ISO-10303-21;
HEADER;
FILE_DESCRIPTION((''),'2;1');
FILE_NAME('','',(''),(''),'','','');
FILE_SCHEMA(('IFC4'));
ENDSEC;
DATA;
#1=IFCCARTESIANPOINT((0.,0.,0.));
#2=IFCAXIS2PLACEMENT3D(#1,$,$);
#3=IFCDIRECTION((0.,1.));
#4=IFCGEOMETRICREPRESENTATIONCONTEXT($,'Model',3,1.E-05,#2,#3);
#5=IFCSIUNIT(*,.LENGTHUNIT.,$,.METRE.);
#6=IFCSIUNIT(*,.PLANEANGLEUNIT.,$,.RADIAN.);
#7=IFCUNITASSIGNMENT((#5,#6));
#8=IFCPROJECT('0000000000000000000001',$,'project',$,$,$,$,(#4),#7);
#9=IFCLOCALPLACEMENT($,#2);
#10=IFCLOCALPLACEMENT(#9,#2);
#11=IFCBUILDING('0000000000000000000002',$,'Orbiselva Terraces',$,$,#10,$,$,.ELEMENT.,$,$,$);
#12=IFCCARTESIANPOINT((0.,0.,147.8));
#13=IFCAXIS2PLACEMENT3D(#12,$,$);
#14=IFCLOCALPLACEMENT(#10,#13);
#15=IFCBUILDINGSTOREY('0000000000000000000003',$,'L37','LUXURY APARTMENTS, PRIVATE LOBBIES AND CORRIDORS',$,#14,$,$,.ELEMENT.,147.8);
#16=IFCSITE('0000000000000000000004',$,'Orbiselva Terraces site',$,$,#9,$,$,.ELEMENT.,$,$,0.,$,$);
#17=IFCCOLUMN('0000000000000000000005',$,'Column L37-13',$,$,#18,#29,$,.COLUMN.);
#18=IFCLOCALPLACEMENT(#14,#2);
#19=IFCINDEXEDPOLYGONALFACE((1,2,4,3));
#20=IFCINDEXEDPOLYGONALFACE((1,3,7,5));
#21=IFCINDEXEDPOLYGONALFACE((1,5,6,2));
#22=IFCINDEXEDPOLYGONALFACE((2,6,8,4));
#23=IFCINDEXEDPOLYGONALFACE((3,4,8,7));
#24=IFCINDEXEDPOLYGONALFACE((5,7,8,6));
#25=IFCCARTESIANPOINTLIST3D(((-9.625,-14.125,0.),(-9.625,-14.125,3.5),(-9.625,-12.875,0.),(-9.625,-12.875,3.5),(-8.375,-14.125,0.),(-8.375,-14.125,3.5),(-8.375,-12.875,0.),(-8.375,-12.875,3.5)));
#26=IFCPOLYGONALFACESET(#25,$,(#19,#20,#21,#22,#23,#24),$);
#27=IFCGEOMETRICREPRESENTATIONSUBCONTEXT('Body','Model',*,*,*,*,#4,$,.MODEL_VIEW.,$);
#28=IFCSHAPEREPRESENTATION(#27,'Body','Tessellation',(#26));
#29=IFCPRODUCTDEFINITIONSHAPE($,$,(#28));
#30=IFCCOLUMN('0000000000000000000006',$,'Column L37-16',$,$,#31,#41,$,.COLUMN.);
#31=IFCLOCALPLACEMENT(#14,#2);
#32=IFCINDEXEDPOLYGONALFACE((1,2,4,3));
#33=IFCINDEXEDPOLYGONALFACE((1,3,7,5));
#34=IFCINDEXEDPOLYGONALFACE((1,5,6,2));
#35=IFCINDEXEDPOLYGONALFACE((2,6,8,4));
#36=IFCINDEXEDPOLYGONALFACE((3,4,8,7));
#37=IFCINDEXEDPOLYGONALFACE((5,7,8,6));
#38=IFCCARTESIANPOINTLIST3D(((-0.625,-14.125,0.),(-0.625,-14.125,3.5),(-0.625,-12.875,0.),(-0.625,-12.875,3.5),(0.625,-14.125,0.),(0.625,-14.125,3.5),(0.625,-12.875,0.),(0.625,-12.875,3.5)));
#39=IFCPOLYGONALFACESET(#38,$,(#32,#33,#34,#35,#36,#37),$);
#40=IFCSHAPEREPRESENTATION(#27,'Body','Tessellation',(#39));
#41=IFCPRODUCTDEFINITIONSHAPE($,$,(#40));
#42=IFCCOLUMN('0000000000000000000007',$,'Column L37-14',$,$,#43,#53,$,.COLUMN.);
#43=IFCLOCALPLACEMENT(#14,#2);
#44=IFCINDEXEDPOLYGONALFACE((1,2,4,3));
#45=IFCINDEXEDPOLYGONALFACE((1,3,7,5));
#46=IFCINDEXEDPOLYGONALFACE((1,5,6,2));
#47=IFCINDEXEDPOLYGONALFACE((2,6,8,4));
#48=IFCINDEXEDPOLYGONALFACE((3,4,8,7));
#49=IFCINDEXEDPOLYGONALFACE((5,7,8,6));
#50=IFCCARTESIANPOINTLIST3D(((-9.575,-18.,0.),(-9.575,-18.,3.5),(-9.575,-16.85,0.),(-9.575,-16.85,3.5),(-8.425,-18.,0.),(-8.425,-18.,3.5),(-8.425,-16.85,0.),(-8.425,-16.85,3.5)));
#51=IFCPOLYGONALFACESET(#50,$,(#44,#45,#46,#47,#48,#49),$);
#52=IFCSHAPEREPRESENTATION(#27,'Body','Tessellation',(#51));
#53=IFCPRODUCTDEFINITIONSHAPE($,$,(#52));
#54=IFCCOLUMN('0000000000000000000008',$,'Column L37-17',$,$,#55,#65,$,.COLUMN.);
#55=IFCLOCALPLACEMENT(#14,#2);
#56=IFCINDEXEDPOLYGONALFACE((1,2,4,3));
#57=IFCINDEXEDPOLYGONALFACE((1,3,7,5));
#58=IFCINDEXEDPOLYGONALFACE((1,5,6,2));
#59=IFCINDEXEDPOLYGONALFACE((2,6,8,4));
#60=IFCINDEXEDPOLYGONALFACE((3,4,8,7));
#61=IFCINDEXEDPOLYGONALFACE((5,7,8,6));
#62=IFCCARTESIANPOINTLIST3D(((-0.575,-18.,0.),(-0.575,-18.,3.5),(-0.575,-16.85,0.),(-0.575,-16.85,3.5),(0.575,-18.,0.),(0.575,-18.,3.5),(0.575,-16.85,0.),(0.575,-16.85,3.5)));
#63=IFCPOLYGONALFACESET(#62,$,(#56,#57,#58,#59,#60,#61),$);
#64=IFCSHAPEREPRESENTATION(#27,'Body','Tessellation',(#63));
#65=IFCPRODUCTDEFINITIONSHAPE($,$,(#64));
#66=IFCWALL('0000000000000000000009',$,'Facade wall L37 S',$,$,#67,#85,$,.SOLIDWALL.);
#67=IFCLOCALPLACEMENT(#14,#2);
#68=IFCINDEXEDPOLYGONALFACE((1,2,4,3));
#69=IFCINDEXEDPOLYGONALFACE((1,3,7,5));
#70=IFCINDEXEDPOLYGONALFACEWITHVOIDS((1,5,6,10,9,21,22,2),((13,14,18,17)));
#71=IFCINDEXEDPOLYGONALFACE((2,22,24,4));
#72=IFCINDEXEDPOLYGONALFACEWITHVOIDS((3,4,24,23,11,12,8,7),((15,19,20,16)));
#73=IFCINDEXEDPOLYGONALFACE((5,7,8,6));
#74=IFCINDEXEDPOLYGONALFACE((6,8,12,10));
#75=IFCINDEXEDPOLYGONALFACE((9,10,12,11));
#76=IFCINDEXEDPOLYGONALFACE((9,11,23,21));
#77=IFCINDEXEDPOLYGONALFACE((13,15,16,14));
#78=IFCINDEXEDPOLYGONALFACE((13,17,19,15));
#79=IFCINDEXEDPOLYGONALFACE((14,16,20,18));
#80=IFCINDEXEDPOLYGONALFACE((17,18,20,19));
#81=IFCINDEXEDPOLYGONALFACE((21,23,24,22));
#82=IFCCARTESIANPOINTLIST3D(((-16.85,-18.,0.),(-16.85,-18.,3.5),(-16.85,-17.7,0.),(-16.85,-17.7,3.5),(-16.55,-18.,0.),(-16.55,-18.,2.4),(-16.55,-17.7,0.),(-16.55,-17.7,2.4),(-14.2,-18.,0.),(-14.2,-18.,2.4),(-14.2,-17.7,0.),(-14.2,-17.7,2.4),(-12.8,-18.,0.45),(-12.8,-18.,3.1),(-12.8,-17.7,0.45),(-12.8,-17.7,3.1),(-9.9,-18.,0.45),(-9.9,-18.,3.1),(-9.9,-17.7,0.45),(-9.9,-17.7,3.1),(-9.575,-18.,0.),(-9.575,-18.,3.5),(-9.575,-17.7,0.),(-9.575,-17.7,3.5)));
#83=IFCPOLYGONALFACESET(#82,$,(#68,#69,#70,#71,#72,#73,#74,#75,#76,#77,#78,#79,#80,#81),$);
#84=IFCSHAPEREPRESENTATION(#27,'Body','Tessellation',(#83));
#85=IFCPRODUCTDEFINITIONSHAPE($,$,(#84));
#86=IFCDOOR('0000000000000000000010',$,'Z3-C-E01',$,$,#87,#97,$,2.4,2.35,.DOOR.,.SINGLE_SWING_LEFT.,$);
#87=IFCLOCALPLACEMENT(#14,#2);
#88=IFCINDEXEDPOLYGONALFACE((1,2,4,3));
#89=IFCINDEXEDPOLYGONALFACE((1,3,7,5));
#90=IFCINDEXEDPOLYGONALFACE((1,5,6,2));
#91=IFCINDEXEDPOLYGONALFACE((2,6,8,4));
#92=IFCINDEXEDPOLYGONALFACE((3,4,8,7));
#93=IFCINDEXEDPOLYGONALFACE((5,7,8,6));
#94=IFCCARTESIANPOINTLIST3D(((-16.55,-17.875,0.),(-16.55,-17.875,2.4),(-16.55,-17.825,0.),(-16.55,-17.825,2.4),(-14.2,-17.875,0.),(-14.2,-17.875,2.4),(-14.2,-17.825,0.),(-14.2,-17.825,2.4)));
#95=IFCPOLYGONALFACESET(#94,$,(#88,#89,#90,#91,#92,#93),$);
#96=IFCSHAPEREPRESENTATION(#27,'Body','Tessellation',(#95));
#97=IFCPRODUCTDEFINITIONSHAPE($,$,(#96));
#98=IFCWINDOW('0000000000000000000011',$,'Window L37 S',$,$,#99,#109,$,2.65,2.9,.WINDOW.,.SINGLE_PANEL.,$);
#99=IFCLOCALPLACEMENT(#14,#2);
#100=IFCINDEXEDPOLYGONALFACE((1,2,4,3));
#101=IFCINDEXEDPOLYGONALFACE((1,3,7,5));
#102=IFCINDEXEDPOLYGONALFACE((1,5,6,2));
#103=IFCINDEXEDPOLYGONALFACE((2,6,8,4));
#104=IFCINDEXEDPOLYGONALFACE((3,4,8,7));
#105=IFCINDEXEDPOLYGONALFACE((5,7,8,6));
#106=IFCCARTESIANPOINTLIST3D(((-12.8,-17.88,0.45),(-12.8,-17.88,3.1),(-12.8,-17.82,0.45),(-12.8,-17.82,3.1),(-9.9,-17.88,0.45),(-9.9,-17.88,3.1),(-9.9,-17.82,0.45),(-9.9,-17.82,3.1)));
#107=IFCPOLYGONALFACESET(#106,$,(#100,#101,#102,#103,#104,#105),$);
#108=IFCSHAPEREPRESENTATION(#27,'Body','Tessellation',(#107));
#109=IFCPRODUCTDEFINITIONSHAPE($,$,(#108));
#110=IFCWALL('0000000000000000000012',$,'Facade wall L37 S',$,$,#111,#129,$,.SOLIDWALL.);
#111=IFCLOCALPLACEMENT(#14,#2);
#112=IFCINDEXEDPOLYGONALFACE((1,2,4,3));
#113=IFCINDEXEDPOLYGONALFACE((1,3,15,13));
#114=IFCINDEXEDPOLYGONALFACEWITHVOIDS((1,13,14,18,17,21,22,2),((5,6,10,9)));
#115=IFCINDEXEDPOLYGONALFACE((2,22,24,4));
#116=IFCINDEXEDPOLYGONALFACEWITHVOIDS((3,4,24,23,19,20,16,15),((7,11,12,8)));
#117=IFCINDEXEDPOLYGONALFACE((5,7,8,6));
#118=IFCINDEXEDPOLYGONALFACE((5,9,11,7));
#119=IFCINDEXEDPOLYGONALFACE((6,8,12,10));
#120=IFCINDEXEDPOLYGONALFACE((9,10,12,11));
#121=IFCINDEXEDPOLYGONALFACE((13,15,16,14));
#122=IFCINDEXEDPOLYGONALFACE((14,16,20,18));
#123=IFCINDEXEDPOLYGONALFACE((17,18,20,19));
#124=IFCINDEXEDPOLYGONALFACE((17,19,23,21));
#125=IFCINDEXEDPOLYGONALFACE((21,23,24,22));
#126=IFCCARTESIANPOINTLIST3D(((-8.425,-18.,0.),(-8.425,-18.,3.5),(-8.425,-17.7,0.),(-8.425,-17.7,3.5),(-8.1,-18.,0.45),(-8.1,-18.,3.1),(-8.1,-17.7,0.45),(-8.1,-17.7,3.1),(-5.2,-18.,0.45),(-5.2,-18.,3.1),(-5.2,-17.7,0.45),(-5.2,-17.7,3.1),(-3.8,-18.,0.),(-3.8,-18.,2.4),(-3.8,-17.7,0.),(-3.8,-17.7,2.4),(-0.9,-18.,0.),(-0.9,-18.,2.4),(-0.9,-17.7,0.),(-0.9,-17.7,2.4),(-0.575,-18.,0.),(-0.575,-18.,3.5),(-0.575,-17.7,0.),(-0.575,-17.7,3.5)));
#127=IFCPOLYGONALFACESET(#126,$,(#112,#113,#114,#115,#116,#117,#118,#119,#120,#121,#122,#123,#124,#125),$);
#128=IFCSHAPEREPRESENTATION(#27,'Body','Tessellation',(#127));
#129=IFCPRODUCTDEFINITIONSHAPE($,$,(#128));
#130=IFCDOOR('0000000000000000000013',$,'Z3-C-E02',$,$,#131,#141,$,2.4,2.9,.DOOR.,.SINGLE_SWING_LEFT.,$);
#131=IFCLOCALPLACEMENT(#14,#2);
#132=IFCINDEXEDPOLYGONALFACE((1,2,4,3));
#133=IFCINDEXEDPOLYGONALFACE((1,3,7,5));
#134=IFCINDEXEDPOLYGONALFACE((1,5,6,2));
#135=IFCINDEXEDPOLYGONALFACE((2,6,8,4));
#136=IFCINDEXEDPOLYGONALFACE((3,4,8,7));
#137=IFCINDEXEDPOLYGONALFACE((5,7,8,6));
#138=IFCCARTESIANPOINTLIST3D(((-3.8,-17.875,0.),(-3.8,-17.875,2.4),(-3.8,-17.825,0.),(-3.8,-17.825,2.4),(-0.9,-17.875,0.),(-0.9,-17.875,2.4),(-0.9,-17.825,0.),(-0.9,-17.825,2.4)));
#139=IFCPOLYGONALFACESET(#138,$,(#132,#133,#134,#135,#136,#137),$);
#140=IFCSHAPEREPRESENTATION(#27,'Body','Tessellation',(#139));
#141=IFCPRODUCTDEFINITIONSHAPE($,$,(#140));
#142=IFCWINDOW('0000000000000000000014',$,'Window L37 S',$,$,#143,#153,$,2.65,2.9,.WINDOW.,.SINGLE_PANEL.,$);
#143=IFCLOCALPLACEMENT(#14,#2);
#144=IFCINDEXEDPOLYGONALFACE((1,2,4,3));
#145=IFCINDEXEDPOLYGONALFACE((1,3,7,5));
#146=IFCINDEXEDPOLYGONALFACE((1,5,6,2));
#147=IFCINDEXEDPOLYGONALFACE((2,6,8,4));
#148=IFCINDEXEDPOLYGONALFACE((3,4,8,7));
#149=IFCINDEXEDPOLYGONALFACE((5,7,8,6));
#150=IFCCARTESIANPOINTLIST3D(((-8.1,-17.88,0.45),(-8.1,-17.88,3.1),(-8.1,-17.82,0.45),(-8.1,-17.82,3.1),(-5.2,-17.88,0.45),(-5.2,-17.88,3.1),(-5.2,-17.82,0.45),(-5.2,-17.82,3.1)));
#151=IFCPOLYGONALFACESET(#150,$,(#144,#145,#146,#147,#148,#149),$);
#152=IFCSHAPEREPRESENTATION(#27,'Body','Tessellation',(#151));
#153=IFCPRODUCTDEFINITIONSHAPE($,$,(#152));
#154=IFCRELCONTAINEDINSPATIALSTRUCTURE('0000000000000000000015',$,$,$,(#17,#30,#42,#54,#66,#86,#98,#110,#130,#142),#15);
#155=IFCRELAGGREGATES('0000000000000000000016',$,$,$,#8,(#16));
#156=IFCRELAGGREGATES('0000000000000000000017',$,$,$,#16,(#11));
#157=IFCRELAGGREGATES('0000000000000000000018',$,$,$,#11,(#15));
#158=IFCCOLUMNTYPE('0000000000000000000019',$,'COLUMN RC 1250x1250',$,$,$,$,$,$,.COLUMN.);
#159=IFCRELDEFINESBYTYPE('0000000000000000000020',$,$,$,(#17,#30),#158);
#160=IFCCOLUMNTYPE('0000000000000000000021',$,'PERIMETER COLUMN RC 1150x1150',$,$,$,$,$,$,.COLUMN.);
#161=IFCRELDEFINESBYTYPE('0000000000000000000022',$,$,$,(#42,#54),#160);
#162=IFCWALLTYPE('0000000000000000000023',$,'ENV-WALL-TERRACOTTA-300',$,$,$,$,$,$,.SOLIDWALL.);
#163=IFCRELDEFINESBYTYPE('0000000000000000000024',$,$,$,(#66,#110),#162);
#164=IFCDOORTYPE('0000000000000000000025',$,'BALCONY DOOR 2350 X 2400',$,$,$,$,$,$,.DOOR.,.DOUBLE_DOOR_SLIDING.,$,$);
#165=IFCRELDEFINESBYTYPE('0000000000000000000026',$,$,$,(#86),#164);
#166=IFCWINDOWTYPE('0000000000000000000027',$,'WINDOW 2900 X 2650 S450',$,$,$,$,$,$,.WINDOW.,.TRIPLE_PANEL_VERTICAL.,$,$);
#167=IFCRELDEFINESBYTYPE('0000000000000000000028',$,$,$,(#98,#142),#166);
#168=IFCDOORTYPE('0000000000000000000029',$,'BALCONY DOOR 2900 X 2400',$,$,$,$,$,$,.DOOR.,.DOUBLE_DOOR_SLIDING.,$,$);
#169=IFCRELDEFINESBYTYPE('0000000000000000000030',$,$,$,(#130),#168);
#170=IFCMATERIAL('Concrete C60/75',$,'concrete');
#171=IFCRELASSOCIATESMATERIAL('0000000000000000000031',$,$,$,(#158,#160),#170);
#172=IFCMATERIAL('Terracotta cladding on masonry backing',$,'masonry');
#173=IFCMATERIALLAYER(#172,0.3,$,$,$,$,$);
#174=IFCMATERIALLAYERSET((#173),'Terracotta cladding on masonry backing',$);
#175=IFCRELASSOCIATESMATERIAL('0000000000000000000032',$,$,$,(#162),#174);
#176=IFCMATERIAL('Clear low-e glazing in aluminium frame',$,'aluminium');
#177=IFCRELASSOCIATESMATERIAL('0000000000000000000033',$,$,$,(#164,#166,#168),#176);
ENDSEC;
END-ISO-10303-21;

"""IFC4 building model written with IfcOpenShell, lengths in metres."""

from ifc_helpers import new_model, si_unit, direction, frame, frame_2d, origin, origin_2d, place, context, subcontext, project, spatial, rectangle, extrude, material, layer, layer_set, material_profile, profile_set, type_object, element, fill, save


model = new_model("IFC4")

# Units and contexts
model_context = context("Model", 3, precision=1e-05, world=origin(), true_north=direction((0.0, 1.0)))
body_context = subcontext(model_context, "Body", "Model", "MODEL_VIEW")
ifc_project = project(units=[si_unit("LENGTHUNIT", "METRE"), si_unit("PLANEANGLEUNIT", "RADIAN")], contexts=[model_context])

# Site, building, storey
site_placement = place(None, origin())
site = spatial("IfcSite", under=ifc_project, at=site_placement, Name="Orbiselva Terraces site", CompositionType="ELEMENT", RefElevation=0.0)
building_placement = place(site_placement, origin())
building = spatial("IfcBuilding", under=site, at=building_placement, Name="Orbiselva Terraces", CompositionType="ELEMENT")
storey_placement = place(building_placement, frame((0.0, 0.0, 147.8)))
storey = spatial("IfcBuildingStorey", under=building, at=storey_placement, Name="L37", Description="LUXURY APARTMENTS, PRIVATE LOBBIES AND CORRIDORS", CompositionType="ELEMENT", Elevation=147.8)

# Columns
ifc_material_1 = material(Name="Concrete C60/75", Category="concrete")
ifc_material_profile_1 = material_profile(ifc_material_1, rectangle(XDim=1.25, YDim=1.25, at=origin_2d()), Name="RC 1250x1250")
ifc_profile_set_1 = profile_set([ifc_material_profile_1], Name="Concrete C60/75")
column_type_1 = type_object("IfcColumnType", Name="COLUMN RC 1250x1250", PredefinedType="COLUMN", material=ifc_profile_set_1)
for number, where, z_axis, x_axis, name in (
    (1, (-9.0, -13.5, 0.0), (0.0, 0.0, 1.0), (1.0, 0.0, 0.0), "Column L37-13"),
    (2, (0.0, -13.5, 0.0), (0.0, 0.0, 1.0), (1.0, 0.0, 0.0), "Column L37-16"),
):
    element("IfcColumn", number, at=place(storey_placement, frame(where, z_axis=z_axis, x_axis=x_axis)), inside=storey, type_object=column_type_1, Name=name, PredefinedType="COLUMN", context=body_context, shape_type="SweptSolid", body=[
        extrude(rectangle(XDim=1.25, YDim=1.25, at=origin_2d()), origin(), (0.0, 0.0, 1.0), 3.5),
    ])
ifc_material_profile_2 = material_profile(ifc_material_1, rectangle(XDim=1.15, YDim=1.15, at=origin_2d()), Name="RC 1150x1150")
ifc_profile_set_2 = profile_set([ifc_material_profile_2], Name="Concrete C60/75")
column_type_2 = type_object("IfcColumnType", Name="PERIMETER COLUMN RC 1150x1150", PredefinedType="COLUMN", material=ifc_profile_set_2)
for number, where, z_axis, x_axis, name in (
    (3, (-9.0, -17.425, 0.0), (0.0, 0.0, 1.0), (1.0, 0.0, 0.0), "Column L37-14"),
    (4, (0.0, -17.425, 0.0), (0.0, 0.0, 1.0), (1.0, 0.0, 0.0), "Column L37-17"),
):
    element("IfcColumn", number, at=place(storey_placement, frame(where, z_axis=z_axis, x_axis=x_axis)), inside=storey, type_object=column_type_2, Name=name, PredefinedType="COLUMN", context=body_context, shape_type="SweptSolid", body=[
        extrude(rectangle(XDim=1.15, YDim=1.15, at=origin_2d()), origin(), (0.0, 0.0, 1.0), 3.5),
    ])

# Walls, openings, doors, windows
ifc_material_2 = material(Name="Terracotta cladding on masonry backing", Category="masonry")
ifc_layer_1 = layer(ifc_material_2, 0.3)
ifc_layer_set_1 = layer_set([ifc_layer_1], Name="Terracotta cladding on masonry backing")
wall_type_1 = type_object("IfcWallType", Name="ENV-WALL-TERRACOTTA-300", PredefinedType="SOLIDWALL", material=ifc_layer_set_1)
wall_1_placement = place(storey_placement, frame((-9.575, -17.85, 0.0), z_axis=(0.0, 0.0, 1.0), x_axis=(-1.0, 0.0, 0.0)))
wall_1 = element("IfcWall", 5, at=wall_1_placement, inside=storey, type_object=wall_type_1, Name="Facade wall L37 S", PredefinedType="SOLIDWALL", context=body_context, shape_type="SweptSolid", body=[
    extrude(rectangle(XDim=7.275, YDim=0.3, at=frame_2d((3.6375, 0.0))), origin(), (0.0, 0.0, 1.0), 3.5),
])
opening_1_placement = place(wall_1_placement, frame((4.625, 0.0, 0.0)))
opening_1 = element("IfcOpeningElement", 6, at=opening_1_placement, cuts=wall_1, PredefinedType="OPENING", context=body_context, shape_type="SweptSolid", body=[
    extrude(rectangle(XDim=2.35, YDim=2.4, at=frame_2d((1.175, 1.2))), frame((0.0, 0.16, 0.0), z_axis=(0.0, -1.0, 0.0), x_axis=(1.0, 0.0, 0.0)), (0.0, 0.0, 1.0), 0.32),
])
opening_2_placement = place(wall_1_placement, frame((0.325, 0.0, 0.45)))
opening_2 = element("IfcOpeningElement", 7, at=opening_2_placement, cuts=wall_1, PredefinedType="OPENING", context=body_context, shape_type="SweptSolid", body=[
    extrude(rectangle(XDim=2.9, YDim=2.65, at=frame_2d((1.45, 1.325))), frame((0.0, 0.16, 0.0), z_axis=(0.0, -1.0, 0.0), x_axis=(1.0, 0.0, 0.0)), (0.0, 0.0, 1.0), 0.32),
])
ifc_material_3 = material(Name="Clear low-e glazing in aluminium frame", Category="aluminium")
door_type_1 = type_object("IfcDoorType", Name="BALCONY DOOR 2350 X 2400", OperationType="DOUBLE_DOOR_SLIDING", PredefinedType="DOOR", material=ifc_material_3)
door_1_placement = place(opening_1_placement, origin())
door_1 = element("IfcDoor", 8, at=door_1_placement, inside=storey, type_object=door_type_1, Name="Z3-C-E01", OperationType="SINGLE_SWING_LEFT", OverallHeight=2.4, OverallWidth=2.35, PredefinedType="DOOR", context=body_context, shape_type="SweptSolid", body=[
    extrude(rectangle(XDim=2.35, YDim=2.4, at=frame_2d((1.175, 1.2))), frame((0.0, 0.025, 0.0), z_axis=(0.0, -1.0, 0.0), x_axis=(1.0, 0.0, 0.0)), (0.0, 0.0, 1.0), 0.05),
])
fill(opening_1, door_1)
window_type = type_object("IfcWindowType", Name="WINDOW 2900 X 2650 S450", PartitioningType="TRIPLE_PANEL_VERTICAL", PredefinedType="WINDOW", material=ifc_material_3)
window_1_placement = place(opening_2_placement, origin())
window_1 = element("IfcWindow", 9, at=window_1_placement, inside=storey, type_object=window_type, Name="Window L37 S", OverallHeight=2.65, OverallWidth=2.9, PartitioningType="SINGLE_PANEL", PredefinedType="WINDOW", context=body_context, shape_type="SweptSolid", body=[
    extrude(rectangle(XDim=2.9, YDim=2.65, at=frame_2d((1.45, 1.325))), frame((0.0, 0.03, 0.0), z_axis=(0.0, -1.0, 0.0), x_axis=(1.0, 0.0, 0.0)), (0.0, 0.0, 1.0), 0.06),
])
fill(opening_2, window_1)
wall_2_placement = place(storey_placement, frame((-0.575, -17.85, 0.0), z_axis=(0.0, 0.0, 1.0), x_axis=(-1.0, 0.0, 0.0)))
wall_2 = element("IfcWall", 10, at=wall_2_placement, inside=storey, type_object=wall_type_1, Name="Facade wall L37 S", PredefinedType="SOLIDWALL", context=body_context, shape_type="SweptSolid", body=[
    extrude(rectangle(XDim=7.85, YDim=0.3, at=frame_2d((3.925, 0.0))), origin(), (0.0, 0.0, 1.0), 3.5),
])
opening_3_placement = place(wall_2_placement, frame((4.625, 0.0, 0.45)))
opening_3 = element("IfcOpeningElement", 11, at=opening_3_placement, cuts=wall_2, PredefinedType="OPENING", context=body_context, shape_type="SweptSolid", body=[
    extrude(rectangle(XDim=2.9, YDim=2.65, at=frame_2d((1.45, 1.325))), frame((0.0, 0.16, 0.0), z_axis=(0.0, -1.0, 0.0), x_axis=(1.0, 0.0, 0.0)), (0.0, 0.0, 1.0), 0.32),
])
opening_4_placement = place(wall_2_placement, frame((0.325, 0.0, 0.0)))
opening_4 = element("IfcOpeningElement", 12, at=opening_4_placement, cuts=wall_2, PredefinedType="OPENING", context=body_context, shape_type="SweptSolid", body=[
    extrude(rectangle(XDim=2.9, YDim=2.4, at=frame_2d((1.45, 1.2))), frame((0.0, 0.16, 0.0), z_axis=(0.0, -1.0, 0.0), x_axis=(1.0, 0.0, 0.0)), (0.0, 0.0, 1.0), 0.32),
])
door_type_2 = type_object("IfcDoorType", Name="BALCONY DOOR 2900 X 2400", OperationType="DOUBLE_DOOR_SLIDING", PredefinedType="DOOR", material=ifc_material_3)
door_2_placement = place(opening_4_placement, origin())
door_2 = element("IfcDoor", 13, at=door_2_placement, inside=storey, type_object=door_type_2, Name="Z3-C-E02", OperationType="SINGLE_SWING_LEFT", OverallHeight=2.4, OverallWidth=2.9, PredefinedType="DOOR", context=body_context, shape_type="SweptSolid", body=[
    extrude(rectangle(XDim=2.9, YDim=2.4, at=frame_2d((1.45, 1.2))), frame((0.0, 0.025, 0.0), z_axis=(0.0, -1.0, 0.0), x_axis=(1.0, 0.0, 0.0)), (0.0, 0.0, 1.0), 0.05),
])
fill(opening_4, door_2)
window_2_placement = place(opening_3_placement, origin())
window_2 = element("IfcWindow", 14, at=window_2_placement, inside=storey, type_object=window_type, Name="Window L37 S", OverallHeight=2.65, OverallWidth=2.9, PartitioningType="SINGLE_PANEL", PredefinedType="WINDOW", context=body_context, shape_type="SweptSolid", body=[
    extrude(rectangle(XDim=2.9, YDim=2.65, at=frame_2d((1.45, 1.325))), frame((0.0, 0.03, 0.0), z_axis=(0.0, -1.0, 0.0), x_axis=(1.0, 0.0, 0.0)), (0.0, 0.0, 1.0), 0.06),
])
fill(opening_3, window_2)

save(model, "model.ifc")
